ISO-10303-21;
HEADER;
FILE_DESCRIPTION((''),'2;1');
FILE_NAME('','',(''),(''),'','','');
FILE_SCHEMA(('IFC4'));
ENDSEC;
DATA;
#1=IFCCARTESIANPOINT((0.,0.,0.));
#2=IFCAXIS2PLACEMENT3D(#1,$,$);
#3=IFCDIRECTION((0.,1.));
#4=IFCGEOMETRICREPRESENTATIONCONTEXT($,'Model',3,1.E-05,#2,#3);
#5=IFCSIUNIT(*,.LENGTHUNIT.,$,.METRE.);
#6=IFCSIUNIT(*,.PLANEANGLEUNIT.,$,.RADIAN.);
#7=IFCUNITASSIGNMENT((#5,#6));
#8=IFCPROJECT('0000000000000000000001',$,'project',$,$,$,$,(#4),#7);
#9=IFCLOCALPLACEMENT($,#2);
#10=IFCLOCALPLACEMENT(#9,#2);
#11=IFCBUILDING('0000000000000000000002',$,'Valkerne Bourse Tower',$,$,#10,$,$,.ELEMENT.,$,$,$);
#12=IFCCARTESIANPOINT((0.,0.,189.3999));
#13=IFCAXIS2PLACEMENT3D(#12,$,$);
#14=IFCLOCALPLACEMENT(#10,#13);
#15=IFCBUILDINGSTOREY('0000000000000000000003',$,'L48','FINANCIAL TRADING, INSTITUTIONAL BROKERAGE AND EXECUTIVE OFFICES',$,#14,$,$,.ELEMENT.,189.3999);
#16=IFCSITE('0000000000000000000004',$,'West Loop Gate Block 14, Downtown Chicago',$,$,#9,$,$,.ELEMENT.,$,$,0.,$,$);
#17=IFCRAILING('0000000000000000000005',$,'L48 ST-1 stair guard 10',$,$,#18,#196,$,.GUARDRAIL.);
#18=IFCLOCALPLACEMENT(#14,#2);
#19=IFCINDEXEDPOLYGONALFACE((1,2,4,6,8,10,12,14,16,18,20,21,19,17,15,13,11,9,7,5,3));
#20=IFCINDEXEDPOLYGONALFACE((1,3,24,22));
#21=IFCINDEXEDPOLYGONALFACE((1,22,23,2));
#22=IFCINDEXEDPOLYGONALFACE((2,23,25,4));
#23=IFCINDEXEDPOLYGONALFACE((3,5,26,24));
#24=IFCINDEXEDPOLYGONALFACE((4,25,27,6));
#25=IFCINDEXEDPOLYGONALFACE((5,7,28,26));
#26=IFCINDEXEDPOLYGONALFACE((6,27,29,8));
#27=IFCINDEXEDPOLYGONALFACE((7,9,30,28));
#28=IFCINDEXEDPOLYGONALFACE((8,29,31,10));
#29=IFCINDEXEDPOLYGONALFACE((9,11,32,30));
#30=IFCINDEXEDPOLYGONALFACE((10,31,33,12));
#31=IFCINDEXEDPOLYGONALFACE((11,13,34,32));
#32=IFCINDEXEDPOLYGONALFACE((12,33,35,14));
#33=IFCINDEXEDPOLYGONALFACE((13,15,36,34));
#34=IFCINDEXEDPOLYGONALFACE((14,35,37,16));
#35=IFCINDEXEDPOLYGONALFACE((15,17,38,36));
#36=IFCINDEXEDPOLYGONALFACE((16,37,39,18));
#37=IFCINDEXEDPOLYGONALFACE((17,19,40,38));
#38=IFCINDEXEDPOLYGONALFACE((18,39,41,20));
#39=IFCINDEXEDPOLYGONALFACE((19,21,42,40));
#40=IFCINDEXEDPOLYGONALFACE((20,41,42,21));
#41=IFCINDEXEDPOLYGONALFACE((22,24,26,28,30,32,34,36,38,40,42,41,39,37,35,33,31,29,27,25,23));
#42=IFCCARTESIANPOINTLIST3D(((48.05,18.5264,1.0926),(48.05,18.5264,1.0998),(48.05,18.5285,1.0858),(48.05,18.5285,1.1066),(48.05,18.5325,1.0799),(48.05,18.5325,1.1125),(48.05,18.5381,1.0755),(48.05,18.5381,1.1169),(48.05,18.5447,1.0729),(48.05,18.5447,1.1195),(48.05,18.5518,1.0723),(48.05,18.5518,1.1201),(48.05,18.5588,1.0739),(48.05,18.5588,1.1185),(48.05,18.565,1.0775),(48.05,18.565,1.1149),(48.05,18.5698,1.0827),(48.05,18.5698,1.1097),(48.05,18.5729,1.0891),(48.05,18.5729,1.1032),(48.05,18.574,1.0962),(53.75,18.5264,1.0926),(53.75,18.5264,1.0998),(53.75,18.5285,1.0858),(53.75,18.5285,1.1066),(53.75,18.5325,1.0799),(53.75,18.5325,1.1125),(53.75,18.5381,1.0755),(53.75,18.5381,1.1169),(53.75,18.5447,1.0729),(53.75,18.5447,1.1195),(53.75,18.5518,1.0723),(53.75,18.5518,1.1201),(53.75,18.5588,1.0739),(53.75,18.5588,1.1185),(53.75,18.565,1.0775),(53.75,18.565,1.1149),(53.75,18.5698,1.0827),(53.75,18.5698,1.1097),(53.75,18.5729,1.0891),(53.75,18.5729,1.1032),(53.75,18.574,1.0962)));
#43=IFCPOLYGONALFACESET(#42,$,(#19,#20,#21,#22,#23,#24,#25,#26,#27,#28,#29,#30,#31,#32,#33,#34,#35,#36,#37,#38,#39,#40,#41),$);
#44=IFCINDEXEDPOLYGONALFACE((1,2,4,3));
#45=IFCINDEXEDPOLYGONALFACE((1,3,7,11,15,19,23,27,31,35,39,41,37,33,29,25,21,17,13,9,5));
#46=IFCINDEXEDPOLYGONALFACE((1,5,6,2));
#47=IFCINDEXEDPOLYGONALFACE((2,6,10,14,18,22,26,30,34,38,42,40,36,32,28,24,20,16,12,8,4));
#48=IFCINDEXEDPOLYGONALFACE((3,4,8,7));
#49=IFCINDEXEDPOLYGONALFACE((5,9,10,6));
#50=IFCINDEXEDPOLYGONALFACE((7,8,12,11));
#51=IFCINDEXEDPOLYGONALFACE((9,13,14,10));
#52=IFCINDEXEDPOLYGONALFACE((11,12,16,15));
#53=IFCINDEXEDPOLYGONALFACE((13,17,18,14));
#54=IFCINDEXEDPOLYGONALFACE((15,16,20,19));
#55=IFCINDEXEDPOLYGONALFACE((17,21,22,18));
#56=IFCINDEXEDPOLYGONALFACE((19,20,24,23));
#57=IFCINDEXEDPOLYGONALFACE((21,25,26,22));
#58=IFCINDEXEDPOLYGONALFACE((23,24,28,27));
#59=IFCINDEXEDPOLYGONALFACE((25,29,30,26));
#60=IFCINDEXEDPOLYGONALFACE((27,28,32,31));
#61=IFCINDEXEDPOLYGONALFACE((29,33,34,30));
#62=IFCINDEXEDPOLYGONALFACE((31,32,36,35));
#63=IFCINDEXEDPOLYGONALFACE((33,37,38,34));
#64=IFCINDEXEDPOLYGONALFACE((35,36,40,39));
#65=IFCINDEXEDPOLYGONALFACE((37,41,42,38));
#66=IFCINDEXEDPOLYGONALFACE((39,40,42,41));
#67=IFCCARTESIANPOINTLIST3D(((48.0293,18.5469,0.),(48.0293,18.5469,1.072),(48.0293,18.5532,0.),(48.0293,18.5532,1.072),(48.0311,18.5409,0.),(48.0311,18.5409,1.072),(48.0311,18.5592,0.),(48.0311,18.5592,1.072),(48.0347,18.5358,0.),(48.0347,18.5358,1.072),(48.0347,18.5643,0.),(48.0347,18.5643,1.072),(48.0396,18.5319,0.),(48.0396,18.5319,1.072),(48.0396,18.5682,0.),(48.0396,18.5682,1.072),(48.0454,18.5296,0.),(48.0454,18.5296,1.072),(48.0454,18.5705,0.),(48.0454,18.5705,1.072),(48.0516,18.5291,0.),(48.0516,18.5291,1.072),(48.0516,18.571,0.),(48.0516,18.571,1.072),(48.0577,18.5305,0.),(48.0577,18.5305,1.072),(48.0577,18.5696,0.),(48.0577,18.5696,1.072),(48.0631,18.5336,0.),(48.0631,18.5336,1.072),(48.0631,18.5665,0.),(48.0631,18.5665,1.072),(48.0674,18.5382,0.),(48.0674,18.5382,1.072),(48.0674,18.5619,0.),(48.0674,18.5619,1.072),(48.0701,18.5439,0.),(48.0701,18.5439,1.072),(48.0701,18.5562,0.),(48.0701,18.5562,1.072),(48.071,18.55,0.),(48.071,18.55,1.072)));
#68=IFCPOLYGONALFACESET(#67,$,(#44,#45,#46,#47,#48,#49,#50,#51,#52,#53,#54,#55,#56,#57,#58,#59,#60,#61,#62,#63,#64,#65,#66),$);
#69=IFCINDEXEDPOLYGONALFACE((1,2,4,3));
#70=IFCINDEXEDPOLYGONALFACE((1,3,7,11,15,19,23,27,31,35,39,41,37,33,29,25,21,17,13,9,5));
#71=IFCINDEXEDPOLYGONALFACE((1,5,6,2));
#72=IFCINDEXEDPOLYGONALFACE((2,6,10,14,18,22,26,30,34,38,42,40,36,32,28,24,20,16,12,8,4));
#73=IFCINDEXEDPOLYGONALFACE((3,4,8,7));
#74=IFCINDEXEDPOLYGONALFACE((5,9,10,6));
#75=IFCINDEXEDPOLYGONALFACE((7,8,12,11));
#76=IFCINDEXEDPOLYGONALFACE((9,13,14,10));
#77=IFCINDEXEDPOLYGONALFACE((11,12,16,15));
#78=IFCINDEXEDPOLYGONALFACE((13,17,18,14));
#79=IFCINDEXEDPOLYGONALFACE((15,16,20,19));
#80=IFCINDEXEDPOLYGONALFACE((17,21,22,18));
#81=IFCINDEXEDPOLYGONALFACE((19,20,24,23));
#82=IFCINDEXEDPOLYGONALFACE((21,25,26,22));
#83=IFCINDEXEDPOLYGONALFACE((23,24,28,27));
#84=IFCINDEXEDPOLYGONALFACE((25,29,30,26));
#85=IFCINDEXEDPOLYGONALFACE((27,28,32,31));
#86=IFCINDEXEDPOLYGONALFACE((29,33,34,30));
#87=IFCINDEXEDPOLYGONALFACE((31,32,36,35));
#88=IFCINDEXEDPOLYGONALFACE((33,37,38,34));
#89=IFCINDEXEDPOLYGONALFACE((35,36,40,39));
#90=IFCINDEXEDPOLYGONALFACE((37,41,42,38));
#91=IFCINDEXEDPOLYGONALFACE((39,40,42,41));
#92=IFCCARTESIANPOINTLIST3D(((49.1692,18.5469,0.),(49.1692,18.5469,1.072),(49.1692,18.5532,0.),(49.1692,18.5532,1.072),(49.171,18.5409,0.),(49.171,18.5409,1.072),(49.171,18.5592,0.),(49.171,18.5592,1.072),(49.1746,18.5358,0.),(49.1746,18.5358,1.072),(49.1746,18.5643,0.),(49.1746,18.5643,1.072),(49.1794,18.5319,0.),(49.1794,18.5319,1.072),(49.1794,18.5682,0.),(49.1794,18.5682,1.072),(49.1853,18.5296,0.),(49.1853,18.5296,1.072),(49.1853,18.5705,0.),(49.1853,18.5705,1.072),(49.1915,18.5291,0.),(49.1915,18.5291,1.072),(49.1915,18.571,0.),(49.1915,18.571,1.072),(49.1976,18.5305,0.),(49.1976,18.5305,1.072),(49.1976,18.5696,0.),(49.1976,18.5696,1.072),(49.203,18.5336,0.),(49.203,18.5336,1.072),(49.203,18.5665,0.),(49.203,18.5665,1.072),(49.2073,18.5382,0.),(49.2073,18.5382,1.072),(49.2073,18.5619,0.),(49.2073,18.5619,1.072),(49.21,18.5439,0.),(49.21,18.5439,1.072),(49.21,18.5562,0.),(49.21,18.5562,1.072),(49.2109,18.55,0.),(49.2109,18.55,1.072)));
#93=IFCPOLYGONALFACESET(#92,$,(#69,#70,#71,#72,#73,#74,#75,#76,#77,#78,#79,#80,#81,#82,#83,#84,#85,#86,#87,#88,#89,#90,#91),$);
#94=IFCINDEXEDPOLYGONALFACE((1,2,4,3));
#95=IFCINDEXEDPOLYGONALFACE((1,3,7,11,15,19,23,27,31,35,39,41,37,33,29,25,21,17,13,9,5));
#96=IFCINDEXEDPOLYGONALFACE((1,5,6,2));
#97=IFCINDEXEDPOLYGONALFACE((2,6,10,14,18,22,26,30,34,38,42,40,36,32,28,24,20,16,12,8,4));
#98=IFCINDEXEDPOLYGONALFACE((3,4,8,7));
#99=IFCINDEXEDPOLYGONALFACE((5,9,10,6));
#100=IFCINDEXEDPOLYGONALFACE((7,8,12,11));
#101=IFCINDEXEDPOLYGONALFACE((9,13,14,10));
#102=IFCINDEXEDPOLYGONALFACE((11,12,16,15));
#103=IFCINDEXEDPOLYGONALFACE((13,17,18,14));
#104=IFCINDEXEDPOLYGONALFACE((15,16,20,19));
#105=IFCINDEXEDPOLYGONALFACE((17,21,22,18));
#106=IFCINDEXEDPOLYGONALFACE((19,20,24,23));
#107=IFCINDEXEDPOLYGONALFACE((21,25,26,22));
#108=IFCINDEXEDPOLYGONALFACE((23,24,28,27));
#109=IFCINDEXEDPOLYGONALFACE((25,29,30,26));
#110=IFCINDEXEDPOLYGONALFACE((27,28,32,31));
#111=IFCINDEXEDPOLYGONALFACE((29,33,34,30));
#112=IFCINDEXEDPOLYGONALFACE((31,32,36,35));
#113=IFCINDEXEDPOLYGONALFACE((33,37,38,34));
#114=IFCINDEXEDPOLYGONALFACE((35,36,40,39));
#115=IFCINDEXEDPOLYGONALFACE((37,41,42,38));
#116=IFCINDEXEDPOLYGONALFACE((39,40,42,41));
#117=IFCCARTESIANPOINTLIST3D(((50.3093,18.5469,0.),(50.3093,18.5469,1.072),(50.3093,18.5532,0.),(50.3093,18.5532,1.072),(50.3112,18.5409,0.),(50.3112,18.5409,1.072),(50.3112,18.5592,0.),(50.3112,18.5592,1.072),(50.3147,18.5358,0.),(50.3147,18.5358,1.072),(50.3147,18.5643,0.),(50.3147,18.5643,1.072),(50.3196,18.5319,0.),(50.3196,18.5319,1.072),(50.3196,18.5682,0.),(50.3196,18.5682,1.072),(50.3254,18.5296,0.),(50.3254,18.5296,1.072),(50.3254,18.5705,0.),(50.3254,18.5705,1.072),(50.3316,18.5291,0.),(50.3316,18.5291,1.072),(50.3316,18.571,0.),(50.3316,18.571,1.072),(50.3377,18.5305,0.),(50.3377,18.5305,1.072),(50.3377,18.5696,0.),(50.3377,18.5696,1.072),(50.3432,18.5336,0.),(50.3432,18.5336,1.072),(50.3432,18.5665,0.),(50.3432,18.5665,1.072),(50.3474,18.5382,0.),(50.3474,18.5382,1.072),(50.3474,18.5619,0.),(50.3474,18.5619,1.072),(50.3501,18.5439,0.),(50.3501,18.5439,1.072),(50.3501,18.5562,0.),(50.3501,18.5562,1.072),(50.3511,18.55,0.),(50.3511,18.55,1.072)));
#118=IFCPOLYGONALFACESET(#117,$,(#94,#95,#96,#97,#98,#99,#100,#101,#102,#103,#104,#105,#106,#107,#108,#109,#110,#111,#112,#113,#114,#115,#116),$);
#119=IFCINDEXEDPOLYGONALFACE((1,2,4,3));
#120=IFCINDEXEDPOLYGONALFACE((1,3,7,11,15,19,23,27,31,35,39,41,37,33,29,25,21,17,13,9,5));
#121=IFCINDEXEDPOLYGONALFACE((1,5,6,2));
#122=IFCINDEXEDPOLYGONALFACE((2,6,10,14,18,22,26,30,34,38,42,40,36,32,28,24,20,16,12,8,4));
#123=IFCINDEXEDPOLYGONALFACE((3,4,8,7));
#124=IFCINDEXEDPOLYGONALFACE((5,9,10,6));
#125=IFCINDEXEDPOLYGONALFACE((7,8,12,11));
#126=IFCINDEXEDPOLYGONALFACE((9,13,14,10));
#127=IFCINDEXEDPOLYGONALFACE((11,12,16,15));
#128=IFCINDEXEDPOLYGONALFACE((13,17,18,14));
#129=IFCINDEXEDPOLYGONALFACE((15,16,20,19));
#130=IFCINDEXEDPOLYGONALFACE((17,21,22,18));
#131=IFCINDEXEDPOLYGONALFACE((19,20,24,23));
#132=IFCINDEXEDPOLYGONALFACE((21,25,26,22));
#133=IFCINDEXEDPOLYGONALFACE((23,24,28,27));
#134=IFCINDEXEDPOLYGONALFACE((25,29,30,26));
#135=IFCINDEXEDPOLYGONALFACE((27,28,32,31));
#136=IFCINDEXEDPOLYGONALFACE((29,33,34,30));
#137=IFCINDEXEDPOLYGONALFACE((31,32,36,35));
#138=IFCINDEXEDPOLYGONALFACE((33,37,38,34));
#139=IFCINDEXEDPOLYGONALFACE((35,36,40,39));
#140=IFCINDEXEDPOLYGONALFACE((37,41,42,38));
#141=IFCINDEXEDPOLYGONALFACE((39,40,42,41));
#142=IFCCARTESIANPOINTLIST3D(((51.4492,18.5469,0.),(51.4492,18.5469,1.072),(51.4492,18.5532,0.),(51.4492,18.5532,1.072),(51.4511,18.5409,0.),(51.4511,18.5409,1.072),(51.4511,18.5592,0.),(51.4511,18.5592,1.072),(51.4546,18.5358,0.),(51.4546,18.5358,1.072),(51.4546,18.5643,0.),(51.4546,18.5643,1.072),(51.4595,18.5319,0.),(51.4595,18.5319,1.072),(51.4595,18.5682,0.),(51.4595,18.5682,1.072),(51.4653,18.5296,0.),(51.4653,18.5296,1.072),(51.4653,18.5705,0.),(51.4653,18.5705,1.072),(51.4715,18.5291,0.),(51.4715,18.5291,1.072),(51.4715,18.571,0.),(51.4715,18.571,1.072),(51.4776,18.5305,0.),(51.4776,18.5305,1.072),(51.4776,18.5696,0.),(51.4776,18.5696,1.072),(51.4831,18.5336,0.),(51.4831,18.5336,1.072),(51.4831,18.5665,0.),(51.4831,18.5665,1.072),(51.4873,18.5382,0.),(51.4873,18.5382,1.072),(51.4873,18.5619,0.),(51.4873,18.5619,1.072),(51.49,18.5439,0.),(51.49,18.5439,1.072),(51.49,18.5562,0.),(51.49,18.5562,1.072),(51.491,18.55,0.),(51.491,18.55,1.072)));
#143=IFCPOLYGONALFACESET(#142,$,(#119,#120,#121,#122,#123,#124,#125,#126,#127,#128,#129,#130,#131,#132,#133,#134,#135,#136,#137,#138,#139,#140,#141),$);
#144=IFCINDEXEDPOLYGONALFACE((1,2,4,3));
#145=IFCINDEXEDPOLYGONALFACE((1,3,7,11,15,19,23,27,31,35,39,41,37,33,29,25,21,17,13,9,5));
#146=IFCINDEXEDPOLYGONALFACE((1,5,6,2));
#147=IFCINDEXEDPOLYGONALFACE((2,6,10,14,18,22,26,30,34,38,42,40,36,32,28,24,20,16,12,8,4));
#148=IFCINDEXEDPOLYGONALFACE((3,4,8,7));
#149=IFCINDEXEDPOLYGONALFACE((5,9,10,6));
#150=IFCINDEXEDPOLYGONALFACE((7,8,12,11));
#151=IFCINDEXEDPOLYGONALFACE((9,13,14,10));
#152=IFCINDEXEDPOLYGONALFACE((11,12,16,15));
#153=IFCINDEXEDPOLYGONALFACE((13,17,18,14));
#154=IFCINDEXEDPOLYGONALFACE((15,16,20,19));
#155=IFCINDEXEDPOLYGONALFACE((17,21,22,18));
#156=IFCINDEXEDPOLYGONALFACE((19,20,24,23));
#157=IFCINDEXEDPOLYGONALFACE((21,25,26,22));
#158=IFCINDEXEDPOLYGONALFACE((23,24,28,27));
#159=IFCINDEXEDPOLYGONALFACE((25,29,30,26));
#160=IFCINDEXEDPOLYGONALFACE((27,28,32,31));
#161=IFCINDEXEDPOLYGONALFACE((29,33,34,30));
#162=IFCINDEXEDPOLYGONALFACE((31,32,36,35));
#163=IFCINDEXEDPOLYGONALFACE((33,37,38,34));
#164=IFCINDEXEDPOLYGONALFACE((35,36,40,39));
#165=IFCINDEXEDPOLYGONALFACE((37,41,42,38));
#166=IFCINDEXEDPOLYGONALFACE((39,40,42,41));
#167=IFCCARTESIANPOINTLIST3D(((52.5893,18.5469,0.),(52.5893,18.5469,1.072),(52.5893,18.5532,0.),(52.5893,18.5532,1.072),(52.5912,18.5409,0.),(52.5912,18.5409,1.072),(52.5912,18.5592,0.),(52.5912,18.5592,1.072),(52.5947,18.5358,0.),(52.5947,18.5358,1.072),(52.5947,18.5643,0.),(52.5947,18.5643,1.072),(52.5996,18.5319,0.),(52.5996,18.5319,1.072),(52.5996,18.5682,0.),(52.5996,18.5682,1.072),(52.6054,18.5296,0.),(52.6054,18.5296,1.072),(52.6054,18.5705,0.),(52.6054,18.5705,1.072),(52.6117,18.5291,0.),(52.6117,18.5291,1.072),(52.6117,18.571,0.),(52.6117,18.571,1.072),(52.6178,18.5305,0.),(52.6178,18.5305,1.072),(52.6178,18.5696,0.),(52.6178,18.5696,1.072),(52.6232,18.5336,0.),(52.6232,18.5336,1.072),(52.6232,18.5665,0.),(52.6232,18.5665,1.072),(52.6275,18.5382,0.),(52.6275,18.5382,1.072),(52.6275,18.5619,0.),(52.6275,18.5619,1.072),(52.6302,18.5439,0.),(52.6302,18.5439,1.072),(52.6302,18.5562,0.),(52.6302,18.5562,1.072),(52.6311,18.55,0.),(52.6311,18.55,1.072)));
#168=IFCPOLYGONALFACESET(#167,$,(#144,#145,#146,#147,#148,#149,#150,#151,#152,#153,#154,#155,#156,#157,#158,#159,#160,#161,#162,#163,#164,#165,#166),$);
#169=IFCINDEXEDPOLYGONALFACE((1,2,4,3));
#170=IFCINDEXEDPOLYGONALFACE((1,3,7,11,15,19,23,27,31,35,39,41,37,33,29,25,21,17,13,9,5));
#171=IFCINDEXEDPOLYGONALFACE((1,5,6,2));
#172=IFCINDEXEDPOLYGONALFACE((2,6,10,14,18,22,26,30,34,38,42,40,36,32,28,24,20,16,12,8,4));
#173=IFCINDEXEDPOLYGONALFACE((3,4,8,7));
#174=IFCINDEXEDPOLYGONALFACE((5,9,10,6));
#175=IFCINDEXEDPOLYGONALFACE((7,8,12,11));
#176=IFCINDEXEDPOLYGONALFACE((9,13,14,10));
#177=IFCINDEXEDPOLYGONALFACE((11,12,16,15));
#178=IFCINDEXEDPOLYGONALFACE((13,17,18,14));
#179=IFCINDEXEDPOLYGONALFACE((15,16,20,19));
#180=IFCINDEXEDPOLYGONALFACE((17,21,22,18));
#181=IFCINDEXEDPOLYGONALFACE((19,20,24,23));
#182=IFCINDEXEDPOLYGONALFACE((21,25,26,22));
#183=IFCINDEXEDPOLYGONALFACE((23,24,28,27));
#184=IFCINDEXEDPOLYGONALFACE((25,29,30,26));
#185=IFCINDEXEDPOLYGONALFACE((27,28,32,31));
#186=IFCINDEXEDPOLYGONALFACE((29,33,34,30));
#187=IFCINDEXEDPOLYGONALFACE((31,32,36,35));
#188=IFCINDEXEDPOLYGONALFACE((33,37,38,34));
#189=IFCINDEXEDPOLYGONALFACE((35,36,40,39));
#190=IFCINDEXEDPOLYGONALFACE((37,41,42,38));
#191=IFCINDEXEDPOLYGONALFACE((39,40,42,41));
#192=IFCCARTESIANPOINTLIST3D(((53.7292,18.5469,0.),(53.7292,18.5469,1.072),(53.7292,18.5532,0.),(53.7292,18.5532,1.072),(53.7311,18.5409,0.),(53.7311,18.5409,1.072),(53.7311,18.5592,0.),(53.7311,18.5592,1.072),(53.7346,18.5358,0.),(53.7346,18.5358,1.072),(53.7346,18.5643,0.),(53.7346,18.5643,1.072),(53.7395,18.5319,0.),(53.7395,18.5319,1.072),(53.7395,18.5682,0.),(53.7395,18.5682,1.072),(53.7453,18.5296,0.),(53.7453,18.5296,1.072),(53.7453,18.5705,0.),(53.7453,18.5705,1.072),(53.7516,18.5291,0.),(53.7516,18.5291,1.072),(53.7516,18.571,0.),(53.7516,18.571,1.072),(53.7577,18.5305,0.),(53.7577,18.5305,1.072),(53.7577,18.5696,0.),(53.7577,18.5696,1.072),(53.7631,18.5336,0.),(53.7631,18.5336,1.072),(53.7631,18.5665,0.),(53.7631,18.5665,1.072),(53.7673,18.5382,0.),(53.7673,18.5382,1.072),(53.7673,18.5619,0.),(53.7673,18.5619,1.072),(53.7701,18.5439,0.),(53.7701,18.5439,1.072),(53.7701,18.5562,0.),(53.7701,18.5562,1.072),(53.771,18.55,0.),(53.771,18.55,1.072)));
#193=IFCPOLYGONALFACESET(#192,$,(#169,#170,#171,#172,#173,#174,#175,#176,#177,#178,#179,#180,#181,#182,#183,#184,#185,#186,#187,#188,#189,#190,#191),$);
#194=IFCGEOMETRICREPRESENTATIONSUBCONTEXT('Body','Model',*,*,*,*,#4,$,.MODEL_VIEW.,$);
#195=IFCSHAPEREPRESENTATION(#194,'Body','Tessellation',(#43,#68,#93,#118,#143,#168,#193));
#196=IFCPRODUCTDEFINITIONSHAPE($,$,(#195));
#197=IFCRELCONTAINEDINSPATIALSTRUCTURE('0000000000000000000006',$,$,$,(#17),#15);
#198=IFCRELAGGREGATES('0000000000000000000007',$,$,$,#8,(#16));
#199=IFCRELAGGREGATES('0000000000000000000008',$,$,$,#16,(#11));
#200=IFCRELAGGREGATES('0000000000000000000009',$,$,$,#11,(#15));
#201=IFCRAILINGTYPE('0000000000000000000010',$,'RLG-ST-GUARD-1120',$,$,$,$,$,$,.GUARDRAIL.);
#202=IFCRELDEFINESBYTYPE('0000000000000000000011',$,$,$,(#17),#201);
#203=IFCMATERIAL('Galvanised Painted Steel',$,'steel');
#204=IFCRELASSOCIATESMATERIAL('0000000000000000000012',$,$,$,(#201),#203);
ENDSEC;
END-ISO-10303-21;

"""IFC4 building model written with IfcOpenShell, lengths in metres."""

from ifc_helpers import new_model, si_unit, direction, frame, origin, origin_2d, place, context, subcontext, project, spatial, circle, extrude, material, type_object, element, save


model = new_model("IFC4")

# Units and contexts
model_context = context("Model", 3, precision=1e-05, world=origin(), true_north=direction((0.0, 1.0)))
body_context = subcontext(model_context, "Body", "Model", "MODEL_VIEW")
ifc_project = project(units=[si_unit("LENGTHUNIT", "METRE"), si_unit("PLANEANGLEUNIT", "RADIAN")], contexts=[model_context])

# Site, building, storey
site_placement = place(None, origin())
site = spatial("IfcSite", under=ifc_project, at=site_placement, Name="West Loop Gate Block 14, Downtown Chicago", CompositionType="ELEMENT", RefElevation=0.0)
building_placement = place(site_placement, origin())
building = spatial("IfcBuilding", under=site, at=building_placement, Name="Valkerne Bourse Tower", CompositionType="ELEMENT")
storey_placement = place(building_placement, frame((0.0, 0.0, 189.3999)))
storey = spatial("IfcBuildingStorey", under=building, at=storey_placement, Name="L48", Description="FINANCIAL TRADING, INSTITUTIONAL BROKERAGE AND EXECUTIVE OFFICES", CompositionType="ELEMENT", Elevation=189.3999)

# Shared definitions
ifc_material_1 = material(Name="Galvanised Painted Steel", Category="steel")

# Railing
railing_type_1 = type_object("IfcRailingType", Name="RLG-ST-GUARD-1120", PredefinedType="GUARDRAIL", material=ifc_material_1)
for number, where, name in (
    (1, (48.05, 18.55, 0.0), "L48 ST-1 stair guard 10"),
):
    element("IfcRailing", number, at=place(storey_placement, frame(where)), inside=storey, type_object=railing_type_1, Name=name, PredefinedType="GUARDRAIL", context=body_context, shape_type="SweptSolid", body=[
        extrude(circle(Radius=0.0239, at=origin_2d()), frame((0.0, 0.0, 1.0962), z_axis=(1.0, 0.0, 0.0), x_axis=(0.0, 1.0, 0.0)), (0.0, 0.0, 1.0), 5.7),
        extrude(circle(Radius=0.021, at=origin_2d()), origin(), (0.0, 0.0, 1.0), 1.072),
        extrude(circle(Radius=0.021, at=origin_2d()), frame((1.1399, 0.0, 0.0)), (0.0, 0.0, 1.0), 1.072),
        extrude(circle(Radius=0.021, at=origin_2d()), frame((2.28, 0.0, 0.0)), (0.0, 0.0, 1.0), 1.072),
        extrude(circle(Radius=0.021, at=origin_2d()), frame((3.4199, 0.0, 0.0)), (0.0, 0.0, 1.0), 1.072),
        extrude(circle(Radius=0.021, at=origin_2d()), frame((4.5601, 0.0, 0.0)), (0.0, 0.0, 1.0), 1.072),
        extrude(circle(Radius=0.021, at=origin_2d()), frame((5.7, 0.0, 0.0)), (0.0, 0.0, 1.0), 1.072),
    ])

save(model, "model.ifc")
